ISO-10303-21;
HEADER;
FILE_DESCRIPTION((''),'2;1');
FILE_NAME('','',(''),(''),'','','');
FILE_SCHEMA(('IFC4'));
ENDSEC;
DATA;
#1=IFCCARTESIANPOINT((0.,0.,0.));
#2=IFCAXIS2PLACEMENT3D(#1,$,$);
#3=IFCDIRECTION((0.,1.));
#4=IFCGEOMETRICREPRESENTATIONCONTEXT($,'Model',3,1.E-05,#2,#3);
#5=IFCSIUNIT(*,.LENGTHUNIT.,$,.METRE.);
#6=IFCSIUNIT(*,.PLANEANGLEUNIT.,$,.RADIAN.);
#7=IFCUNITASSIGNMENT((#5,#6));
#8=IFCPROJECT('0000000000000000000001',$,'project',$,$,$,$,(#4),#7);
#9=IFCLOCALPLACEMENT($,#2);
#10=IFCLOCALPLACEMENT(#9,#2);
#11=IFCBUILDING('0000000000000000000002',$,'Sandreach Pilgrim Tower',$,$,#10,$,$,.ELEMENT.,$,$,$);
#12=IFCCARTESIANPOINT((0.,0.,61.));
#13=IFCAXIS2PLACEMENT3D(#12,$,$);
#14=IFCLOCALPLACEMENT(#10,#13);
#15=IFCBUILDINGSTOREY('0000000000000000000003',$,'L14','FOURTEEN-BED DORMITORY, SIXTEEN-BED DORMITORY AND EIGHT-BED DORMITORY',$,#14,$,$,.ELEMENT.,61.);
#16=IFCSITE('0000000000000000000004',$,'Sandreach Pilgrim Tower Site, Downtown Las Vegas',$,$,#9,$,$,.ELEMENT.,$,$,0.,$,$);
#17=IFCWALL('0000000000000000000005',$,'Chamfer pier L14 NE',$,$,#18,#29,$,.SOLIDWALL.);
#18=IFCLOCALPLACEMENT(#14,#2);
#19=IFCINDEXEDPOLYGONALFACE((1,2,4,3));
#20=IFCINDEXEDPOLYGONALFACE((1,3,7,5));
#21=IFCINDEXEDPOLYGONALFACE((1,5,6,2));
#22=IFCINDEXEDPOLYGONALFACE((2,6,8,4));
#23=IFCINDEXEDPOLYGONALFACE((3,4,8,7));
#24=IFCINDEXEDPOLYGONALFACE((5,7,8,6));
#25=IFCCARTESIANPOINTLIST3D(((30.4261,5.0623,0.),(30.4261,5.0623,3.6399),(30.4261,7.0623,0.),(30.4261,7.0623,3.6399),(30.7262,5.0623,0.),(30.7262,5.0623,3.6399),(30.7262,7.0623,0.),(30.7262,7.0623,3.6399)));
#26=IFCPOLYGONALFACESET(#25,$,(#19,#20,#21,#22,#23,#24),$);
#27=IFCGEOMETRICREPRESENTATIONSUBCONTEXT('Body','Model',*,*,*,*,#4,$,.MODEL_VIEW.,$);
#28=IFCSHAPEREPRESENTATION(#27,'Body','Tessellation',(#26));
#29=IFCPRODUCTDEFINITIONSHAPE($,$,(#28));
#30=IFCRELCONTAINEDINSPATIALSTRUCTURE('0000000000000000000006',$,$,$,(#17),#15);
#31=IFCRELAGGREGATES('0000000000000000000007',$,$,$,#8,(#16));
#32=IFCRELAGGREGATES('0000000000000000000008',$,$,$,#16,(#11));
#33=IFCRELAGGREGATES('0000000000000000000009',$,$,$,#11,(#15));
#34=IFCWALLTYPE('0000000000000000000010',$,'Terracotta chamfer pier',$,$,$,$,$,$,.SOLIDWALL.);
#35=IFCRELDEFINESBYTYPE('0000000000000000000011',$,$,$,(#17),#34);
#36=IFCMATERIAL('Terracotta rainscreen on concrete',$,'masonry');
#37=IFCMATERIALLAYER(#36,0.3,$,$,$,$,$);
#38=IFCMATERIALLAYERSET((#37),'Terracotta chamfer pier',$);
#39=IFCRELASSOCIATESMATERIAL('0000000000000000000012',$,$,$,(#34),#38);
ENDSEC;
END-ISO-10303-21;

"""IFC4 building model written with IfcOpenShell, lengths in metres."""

from ifc_helpers import new_model, si_unit, direction, frame, frame_2d, origin, place, context, subcontext, project, spatial, rectangle, extrude, material, layer, layer_set, type_object, element, save


model = new_model("IFC4")

# Units and contexts
model_context = context("Model", 3, precision=1e-05, world=origin(), true_north=direction((0.0, 1.0)))
body_context = subcontext(model_context, "Body", "Model", "MODEL_VIEW")
ifc_project = project(units=[si_unit("LENGTHUNIT", "METRE"), si_unit("PLANEANGLEUNIT", "RADIAN")], contexts=[model_context])

# Site, building, storey
site_placement = place(None, origin())
site = spatial("IfcSite", under=ifc_project, at=site_placement, Name="Sandreach Pilgrim Tower Site, Downtown Las Vegas", CompositionType="ELEMENT", RefElevation=0.0)
building_placement = place(site_placement, origin())
building = spatial("IfcBuilding", under=site, at=building_placement, Name="Sandreach Pilgrim Tower", CompositionType="ELEMENT")
storey_placement = place(building_placement, frame((0.0, 0.0, 61.0)))
storey = spatial("IfcBuildingStorey", under=building, at=storey_placement, Name="L14", Description="FOURTEEN-BED DORMITORY, SIXTEEN-BED DORMITORY AND EIGHT-BED DORMITORY", CompositionType="ELEMENT", Elevation=61.0)

# Wall
ifc_material_1 = material(Name="Terracotta rainscreen on concrete", Category="masonry")
ifc_layer_1 = layer(ifc_material_1, 0.3)
ifc_layer_set_1 = layer_set([ifc_layer_1], Name="Terracotta chamfer pier")
wall_type_1 = type_object("IfcWallType", Name="Terracotta chamfer pier", PredefinedType="SOLIDWALL", material=ifc_layer_set_1)
wall_1_placement = place(storey_placement, frame((30.5762, 7.0623, 0.0), z_axis=(0.0, 0.0, 1.0), x_axis=(0.0, -1.0, 0.0)))
element("IfcWall", 1, at=wall_1_placement, inside=storey, type_object=wall_type_1, Name="Chamfer pier L14 NE", PredefinedType="SOLIDWALL", context=body_context, shape_type="SweptSolid", body=[
    extrude(rectangle(XDim=2.0, YDim=0.3, at=frame_2d((1.0, 0.0))), origin(), (0.0, 0.0, 1.0), 3.6399),
])

save(model, "model.ifc")
